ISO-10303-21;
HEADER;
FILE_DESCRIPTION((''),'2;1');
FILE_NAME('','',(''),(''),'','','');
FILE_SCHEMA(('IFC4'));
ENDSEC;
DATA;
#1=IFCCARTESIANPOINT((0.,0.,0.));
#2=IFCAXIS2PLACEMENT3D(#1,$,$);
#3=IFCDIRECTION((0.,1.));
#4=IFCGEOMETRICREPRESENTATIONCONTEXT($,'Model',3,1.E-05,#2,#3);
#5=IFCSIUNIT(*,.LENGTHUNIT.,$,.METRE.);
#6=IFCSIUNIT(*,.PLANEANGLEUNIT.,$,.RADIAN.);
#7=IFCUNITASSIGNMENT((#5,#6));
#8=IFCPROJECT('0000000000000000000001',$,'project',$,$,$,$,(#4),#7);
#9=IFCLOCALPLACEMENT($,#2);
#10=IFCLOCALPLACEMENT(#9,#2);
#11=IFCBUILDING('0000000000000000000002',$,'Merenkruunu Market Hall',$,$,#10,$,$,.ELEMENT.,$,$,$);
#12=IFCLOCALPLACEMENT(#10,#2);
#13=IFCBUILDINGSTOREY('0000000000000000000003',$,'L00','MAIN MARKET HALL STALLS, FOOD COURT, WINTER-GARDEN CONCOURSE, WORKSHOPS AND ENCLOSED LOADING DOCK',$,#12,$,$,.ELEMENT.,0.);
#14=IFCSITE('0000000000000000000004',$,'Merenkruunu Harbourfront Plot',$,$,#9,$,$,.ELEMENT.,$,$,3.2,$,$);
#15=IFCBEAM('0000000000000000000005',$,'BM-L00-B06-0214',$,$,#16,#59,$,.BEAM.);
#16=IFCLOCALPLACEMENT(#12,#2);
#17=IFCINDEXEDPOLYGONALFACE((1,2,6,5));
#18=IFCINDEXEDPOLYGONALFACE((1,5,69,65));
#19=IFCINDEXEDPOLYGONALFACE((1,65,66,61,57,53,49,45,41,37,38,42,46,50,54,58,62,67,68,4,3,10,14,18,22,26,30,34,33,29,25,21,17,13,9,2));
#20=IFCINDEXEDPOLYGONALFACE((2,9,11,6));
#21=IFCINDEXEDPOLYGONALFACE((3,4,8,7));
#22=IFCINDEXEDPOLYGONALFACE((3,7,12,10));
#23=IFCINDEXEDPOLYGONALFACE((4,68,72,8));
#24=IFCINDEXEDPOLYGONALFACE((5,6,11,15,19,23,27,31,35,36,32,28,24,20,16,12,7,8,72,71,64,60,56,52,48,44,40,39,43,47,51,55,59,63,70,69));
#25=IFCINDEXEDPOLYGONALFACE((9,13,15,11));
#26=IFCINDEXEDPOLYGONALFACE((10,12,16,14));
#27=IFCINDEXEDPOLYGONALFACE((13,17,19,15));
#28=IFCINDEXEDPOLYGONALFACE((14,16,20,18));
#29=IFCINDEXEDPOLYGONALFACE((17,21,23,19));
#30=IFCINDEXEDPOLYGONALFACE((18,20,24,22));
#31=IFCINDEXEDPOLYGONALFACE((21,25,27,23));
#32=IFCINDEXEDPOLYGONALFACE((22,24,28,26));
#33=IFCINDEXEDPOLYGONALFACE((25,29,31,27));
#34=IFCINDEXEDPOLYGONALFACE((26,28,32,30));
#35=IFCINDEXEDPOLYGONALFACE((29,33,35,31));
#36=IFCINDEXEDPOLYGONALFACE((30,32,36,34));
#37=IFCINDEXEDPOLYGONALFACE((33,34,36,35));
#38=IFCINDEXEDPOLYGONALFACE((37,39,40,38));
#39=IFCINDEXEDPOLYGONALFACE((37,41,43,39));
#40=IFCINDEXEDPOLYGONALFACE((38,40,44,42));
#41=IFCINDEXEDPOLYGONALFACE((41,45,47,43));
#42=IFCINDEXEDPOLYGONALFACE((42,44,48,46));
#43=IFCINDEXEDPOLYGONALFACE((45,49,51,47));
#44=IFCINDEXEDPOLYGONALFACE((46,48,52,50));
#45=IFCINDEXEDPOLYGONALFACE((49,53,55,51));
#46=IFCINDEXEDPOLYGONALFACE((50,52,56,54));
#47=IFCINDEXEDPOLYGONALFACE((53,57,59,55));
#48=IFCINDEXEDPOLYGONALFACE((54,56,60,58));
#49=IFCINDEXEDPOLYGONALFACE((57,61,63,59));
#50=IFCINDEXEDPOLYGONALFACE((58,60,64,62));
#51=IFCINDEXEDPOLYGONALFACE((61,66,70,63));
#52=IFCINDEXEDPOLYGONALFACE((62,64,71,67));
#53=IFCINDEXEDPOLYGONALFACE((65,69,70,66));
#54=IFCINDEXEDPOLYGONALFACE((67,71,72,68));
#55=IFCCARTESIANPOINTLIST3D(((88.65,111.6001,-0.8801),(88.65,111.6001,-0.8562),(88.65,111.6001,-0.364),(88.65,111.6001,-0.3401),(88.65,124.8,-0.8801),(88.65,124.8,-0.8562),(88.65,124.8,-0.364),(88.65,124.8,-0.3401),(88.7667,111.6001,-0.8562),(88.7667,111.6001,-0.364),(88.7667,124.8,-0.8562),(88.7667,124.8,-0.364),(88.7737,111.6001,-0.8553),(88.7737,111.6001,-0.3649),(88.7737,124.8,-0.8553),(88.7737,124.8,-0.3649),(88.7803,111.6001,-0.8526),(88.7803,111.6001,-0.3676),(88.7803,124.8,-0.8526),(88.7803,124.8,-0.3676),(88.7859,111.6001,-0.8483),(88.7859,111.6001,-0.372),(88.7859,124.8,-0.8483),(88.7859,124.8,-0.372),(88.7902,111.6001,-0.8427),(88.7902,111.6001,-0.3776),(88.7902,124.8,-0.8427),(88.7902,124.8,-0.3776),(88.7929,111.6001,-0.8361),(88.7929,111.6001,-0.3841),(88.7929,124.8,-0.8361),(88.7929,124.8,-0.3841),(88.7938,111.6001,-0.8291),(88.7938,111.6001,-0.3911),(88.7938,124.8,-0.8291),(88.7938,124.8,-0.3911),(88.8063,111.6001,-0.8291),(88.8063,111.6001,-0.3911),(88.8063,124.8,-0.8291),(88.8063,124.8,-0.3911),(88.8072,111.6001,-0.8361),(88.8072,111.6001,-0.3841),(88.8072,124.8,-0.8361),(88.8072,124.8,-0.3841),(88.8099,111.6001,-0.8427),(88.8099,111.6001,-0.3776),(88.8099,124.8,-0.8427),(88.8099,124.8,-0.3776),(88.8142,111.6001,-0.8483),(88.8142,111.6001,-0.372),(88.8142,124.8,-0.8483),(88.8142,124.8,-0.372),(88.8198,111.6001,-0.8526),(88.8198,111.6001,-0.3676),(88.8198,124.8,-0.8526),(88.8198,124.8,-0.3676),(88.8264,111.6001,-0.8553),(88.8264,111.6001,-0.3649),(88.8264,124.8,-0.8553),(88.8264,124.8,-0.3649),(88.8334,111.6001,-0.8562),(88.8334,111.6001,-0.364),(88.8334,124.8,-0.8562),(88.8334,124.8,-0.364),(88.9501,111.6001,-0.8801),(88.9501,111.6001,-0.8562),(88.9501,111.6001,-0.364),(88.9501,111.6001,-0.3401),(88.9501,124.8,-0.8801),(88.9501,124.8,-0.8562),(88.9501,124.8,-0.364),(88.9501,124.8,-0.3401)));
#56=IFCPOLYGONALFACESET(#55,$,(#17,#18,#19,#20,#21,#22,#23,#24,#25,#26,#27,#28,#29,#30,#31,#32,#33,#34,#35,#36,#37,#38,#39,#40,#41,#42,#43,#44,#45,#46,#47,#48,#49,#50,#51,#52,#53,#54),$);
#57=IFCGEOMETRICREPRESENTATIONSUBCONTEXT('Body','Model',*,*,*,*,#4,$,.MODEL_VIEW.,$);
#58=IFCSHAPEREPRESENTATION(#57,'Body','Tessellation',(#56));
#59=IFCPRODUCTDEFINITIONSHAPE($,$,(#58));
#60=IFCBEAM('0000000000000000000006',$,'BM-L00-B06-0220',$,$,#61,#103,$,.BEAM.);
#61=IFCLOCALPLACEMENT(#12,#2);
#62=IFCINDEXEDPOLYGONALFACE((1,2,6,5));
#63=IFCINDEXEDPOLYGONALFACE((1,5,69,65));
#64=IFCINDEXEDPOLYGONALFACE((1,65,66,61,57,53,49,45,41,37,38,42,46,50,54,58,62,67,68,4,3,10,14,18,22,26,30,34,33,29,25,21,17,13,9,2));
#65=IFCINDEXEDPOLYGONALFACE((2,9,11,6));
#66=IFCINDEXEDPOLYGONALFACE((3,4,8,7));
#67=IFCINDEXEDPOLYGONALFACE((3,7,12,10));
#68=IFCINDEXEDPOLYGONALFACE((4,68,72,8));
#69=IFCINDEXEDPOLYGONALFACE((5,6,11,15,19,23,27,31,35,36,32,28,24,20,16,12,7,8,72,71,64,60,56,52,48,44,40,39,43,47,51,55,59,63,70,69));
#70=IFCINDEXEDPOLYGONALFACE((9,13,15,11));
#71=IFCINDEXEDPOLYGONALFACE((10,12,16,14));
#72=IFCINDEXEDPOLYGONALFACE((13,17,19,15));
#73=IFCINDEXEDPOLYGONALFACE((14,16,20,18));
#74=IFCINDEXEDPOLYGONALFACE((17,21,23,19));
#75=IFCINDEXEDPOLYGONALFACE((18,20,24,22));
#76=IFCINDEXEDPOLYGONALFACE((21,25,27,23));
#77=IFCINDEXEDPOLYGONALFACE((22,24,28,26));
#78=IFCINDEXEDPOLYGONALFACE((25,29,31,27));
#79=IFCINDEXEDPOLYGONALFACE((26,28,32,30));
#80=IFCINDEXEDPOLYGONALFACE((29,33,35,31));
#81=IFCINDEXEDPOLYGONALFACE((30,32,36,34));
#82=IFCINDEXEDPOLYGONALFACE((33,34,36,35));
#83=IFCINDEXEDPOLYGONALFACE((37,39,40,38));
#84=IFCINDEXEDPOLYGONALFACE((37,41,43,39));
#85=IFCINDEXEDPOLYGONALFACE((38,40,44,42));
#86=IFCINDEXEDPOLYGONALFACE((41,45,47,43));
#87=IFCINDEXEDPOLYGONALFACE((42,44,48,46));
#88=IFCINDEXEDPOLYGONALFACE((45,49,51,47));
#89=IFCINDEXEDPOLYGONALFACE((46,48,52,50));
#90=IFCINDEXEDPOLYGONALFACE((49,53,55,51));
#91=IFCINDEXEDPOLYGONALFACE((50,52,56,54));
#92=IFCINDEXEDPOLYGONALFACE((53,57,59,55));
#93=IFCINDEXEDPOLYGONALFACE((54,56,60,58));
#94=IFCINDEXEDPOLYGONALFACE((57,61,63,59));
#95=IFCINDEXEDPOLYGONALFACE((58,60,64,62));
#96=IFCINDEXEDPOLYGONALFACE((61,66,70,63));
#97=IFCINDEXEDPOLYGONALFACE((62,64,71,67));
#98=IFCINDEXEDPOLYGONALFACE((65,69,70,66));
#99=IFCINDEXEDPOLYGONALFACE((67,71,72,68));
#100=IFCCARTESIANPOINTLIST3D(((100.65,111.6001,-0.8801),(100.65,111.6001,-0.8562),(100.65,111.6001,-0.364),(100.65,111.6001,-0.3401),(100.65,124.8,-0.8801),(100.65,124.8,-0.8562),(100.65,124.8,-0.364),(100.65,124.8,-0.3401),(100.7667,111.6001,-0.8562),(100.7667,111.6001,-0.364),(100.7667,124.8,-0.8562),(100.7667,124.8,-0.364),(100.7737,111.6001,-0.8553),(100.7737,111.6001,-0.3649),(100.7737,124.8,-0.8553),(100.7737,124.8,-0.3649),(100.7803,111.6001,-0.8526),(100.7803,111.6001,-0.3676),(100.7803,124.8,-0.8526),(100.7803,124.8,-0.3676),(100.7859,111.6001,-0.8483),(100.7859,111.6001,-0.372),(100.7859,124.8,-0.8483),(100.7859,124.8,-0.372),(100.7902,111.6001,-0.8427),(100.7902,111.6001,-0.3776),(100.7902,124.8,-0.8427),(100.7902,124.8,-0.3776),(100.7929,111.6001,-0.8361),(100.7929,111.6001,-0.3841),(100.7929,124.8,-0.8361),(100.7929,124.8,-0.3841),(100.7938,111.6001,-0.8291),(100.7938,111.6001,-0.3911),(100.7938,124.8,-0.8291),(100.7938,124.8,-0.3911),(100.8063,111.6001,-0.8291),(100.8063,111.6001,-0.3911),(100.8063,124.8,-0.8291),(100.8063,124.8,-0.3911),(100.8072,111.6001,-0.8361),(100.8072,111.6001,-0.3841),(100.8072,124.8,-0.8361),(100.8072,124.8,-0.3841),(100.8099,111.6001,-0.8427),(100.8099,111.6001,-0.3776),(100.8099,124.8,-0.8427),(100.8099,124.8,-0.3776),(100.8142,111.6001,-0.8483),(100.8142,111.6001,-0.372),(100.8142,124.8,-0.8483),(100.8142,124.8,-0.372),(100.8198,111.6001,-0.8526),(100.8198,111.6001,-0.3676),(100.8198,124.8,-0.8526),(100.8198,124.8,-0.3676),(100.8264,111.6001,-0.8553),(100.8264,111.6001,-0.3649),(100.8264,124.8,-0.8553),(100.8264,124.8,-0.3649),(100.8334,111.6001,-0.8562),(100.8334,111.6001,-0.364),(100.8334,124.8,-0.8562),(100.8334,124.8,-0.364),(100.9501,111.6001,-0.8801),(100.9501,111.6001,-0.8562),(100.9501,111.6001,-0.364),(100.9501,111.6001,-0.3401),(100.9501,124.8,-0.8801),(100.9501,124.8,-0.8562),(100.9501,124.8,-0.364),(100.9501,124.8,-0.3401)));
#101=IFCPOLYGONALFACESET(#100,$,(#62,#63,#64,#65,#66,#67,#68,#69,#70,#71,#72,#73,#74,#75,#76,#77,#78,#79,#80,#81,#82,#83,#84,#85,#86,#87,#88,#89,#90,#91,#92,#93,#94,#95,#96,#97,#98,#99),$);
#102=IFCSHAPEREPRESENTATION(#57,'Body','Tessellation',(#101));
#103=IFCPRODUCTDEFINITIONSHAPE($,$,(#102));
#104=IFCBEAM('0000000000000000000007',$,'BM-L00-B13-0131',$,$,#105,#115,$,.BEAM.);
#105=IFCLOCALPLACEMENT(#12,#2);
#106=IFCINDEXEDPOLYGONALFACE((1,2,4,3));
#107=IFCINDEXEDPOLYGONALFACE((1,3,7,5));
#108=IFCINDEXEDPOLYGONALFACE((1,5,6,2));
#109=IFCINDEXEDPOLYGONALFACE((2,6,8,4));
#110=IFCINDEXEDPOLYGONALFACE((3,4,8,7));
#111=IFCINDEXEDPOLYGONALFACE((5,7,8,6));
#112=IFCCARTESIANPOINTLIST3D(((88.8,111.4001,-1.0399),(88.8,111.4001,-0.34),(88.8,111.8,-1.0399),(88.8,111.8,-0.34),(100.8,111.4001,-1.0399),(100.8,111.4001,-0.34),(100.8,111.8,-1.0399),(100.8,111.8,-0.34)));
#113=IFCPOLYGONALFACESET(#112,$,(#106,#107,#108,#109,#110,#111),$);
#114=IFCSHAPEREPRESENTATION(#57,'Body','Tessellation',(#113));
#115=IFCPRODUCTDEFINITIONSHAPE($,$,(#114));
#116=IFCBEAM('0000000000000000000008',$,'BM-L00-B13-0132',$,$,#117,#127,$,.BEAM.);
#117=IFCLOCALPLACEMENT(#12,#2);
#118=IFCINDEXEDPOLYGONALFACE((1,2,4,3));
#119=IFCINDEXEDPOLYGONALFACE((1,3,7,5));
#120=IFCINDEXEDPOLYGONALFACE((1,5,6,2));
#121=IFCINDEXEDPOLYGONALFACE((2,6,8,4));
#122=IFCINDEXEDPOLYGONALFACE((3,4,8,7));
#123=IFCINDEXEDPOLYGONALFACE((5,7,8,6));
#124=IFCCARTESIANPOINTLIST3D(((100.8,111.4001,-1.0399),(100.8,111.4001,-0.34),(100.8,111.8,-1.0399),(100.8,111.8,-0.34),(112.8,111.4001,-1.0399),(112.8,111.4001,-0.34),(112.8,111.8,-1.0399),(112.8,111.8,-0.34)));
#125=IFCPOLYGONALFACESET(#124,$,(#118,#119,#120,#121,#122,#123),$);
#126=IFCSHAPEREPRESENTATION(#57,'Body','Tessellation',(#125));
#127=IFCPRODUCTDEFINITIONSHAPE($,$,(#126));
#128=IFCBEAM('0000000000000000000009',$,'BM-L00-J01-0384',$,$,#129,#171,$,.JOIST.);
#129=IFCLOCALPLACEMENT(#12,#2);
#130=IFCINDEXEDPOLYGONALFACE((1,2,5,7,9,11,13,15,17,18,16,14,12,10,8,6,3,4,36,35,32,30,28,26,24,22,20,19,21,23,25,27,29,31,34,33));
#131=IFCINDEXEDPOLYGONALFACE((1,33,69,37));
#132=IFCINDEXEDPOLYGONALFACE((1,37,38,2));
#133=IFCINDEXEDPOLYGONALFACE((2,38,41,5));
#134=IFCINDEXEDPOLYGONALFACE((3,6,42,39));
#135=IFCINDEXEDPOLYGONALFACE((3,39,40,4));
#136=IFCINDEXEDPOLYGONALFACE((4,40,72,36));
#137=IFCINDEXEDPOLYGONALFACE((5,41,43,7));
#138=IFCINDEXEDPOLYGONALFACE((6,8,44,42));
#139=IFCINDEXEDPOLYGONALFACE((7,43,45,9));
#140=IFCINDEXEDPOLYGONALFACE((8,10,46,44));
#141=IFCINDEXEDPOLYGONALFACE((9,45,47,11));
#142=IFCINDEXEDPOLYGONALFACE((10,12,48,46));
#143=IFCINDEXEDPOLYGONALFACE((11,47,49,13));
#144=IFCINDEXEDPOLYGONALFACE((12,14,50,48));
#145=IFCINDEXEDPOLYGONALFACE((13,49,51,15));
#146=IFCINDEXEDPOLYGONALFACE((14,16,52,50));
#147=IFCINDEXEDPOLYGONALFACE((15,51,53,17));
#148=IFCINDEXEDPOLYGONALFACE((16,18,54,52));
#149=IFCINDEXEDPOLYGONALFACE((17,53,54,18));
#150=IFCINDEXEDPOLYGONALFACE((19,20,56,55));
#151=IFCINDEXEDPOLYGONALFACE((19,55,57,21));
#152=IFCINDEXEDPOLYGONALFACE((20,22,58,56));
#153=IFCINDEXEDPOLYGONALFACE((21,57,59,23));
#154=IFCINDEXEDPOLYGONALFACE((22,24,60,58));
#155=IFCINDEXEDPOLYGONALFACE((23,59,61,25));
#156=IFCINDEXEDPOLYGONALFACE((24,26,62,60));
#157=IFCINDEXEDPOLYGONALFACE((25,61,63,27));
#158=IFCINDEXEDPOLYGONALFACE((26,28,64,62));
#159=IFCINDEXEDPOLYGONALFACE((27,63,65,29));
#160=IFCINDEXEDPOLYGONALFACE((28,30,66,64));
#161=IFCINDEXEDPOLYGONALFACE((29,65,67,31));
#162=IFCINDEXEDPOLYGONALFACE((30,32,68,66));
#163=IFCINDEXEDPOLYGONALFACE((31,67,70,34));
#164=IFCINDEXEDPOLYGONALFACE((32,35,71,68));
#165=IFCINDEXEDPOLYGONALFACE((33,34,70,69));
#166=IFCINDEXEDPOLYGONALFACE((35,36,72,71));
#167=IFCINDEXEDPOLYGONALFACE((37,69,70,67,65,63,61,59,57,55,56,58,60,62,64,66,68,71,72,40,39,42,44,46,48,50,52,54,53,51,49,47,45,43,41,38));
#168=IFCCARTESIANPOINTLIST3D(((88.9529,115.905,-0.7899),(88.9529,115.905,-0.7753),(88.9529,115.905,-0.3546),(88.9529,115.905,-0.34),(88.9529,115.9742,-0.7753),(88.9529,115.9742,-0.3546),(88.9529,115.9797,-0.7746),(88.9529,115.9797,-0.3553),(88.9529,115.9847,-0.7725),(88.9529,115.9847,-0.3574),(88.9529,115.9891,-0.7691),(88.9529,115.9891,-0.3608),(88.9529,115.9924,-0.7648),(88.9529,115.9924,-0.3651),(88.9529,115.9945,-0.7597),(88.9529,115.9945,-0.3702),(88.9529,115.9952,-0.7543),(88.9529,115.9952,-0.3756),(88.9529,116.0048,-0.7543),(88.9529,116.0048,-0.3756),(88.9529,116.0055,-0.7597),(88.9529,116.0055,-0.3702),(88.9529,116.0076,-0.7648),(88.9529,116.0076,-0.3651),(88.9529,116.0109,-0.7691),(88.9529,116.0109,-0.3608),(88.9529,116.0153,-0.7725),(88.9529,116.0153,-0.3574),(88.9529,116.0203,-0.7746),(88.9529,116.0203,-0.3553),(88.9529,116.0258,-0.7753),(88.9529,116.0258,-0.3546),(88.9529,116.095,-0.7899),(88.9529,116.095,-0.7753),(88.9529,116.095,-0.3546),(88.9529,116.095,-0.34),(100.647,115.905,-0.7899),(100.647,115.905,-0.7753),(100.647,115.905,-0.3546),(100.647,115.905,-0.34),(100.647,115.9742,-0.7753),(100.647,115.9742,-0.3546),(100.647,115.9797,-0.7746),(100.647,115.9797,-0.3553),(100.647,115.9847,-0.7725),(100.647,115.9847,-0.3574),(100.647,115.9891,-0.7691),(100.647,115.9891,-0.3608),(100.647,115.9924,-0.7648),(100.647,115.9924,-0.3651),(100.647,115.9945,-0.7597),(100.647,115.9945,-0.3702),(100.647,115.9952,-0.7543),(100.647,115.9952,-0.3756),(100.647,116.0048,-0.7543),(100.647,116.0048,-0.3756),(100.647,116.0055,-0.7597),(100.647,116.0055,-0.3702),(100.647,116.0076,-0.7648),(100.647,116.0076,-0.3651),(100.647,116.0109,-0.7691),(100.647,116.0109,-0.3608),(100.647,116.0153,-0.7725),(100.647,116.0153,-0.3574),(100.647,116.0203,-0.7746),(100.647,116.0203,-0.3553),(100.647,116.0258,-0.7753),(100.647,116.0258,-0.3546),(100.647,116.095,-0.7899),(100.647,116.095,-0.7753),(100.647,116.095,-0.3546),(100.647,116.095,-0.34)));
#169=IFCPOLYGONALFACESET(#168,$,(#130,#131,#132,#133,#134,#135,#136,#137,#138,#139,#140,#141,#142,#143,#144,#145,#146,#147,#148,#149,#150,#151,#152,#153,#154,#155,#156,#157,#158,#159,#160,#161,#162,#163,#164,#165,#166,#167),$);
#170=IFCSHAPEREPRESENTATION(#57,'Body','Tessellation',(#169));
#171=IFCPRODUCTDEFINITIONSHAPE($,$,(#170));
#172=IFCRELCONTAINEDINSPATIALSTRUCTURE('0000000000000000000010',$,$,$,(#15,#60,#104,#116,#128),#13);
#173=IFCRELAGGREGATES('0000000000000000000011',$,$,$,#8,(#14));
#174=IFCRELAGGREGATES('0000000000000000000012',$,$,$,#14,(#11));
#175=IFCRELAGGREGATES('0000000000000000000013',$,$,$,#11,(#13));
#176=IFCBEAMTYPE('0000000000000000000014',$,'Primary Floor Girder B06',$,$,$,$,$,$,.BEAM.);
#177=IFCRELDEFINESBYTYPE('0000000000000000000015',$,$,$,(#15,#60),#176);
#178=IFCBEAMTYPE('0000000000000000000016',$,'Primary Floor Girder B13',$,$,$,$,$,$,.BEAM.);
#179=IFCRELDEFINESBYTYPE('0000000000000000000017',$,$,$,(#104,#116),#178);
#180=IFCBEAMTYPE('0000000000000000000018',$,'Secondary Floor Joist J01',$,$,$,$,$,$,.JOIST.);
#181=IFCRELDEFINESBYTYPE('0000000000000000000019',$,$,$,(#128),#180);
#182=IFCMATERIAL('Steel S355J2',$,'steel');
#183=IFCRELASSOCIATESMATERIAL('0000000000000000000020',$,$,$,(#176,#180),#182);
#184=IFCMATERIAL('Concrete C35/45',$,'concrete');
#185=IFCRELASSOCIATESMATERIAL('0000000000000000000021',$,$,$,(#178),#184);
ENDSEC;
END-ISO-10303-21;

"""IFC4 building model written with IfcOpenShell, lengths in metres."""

from ifc_helpers import new_model, si_unit, direction, frame, origin, origin_2d, place, context, subcontext, project, spatial, rectangle, i_section, extrude, material, material_profile, profile_set, type_object, element, save


model = new_model("IFC4")

# Units and contexts
model_context = context("Model", 3, precision=1e-05, world=origin(), true_north=direction((0.0, 1.0)))
body_context = subcontext(model_context, "Body", "Model", "MODEL_VIEW")
ifc_project = project(units=[si_unit("LENGTHUNIT", "METRE"), si_unit("PLANEANGLEUNIT", "RADIAN")], contexts=[model_context])

# Site, building, storey
site_placement = place(None, origin())
site = spatial("IfcSite", under=ifc_project, at=site_placement, Name="Merenkruunu Harbourfront Plot", CompositionType="ELEMENT", RefElevation=3.2)
building_placement = place(site_placement, origin())
building = spatial("IfcBuilding", under=site, at=building_placement, Name="Merenkruunu Market Hall", CompositionType="ELEMENT")
storey_placement = place(building_placement, origin())
storey = spatial("IfcBuildingStorey", under=building, at=storey_placement, Name="L00", Description="MAIN MARKET HALL STALLS, FOOD COURT, WINTER-GARDEN CONCOURSE, WORKSHOPS AND ENCLOSED LOADING DOCK", CompositionType="ELEMENT", Elevation=0.0)

# Shared definitions
ifc_material_1 = material(Name="Steel S355J2", Category="steel")

# Beams
ifc_material_profile_1 = material_profile(ifc_material_1, i_section(OverallWidth=0.3, OverallDepth=0.54, WebThickness=0.0125, FlangeThickness=0.0239, FilletRadius=0.0271, at=origin_2d()), Name="HEA 550")
ifc_profile_set_1 = profile_set([ifc_material_profile_1], Name="Steel S355J2")
beam_type_1 = type_object("IfcBeamType", Name="Primary Floor Girder B06", PredefinedType="BEAM", material=ifc_profile_set_1)
for number, where, z_axis, x_axis, name in (
    (1, (88.8, 111.6001, -0.6101), (0.0, 1.0, 0.0), (-1.0, 0.0, 0.0), "BM-L00-B06-0214"),
    (2, (100.8, 111.6001, -0.6101), (0.0, 1.0, 0.0), (-1.0, 0.0, 0.0), "BM-L00-B06-0220"),
):
    element("IfcBeam", number, at=place(storey_placement, frame(where, z_axis=z_axis, x_axis=x_axis)), inside=storey, type_object=beam_type_1, Name=name, PredefinedType="BEAM", context=body_context, shape_type="SweptSolid", body=[
        extrude(i_section(OverallWidth=0.3, OverallDepth=0.54, WebThickness=0.0125, FlangeThickness=0.0239, FilletRadius=0.0271, at=origin_2d()), origin(), (0.0, 0.0, 1.0), 13.2),
    ])
ifc_material_2 = material(Name="Concrete C35/45", Category="concrete")
ifc_material_profile_2 = material_profile(ifc_material_2, rectangle(XDim=0.3999, YDim=0.7, at=origin_2d()), Name="RC 400x700")
ifc_profile_set_2 = profile_set([ifc_material_profile_2], Name="Concrete C35/45")
beam_type_2 = type_object("IfcBeamType", Name="Primary Floor Girder B13", PredefinedType="BEAM", material=ifc_profile_set_2)
for number, where, z_axis, x_axis, name in (
    (3, (88.8, 111.6001, -0.6899), (1.0, 0.0, 0.0), (0.0, 1.0, 0.0), "BM-L00-B13-0131"),
    (4, (100.8, 111.6001, -0.6899), (1.0, 0.0, 0.0), (0.0, 1.0, 0.0), "BM-L00-B13-0132"),
):
    element("IfcBeam", number, at=place(storey_placement, frame(where, z_axis=z_axis, x_axis=x_axis)), inside=storey, type_object=beam_type_2, Name=name, PredefinedType="BEAM", context=body_context, shape_type="SweptSolid", body=[
        extrude(rectangle(XDim=0.3999, YDim=0.7, at=origin_2d()), origin(), (0.0, 0.0, 1.0), 12.0),
    ])
ifc_material_profile_3 = material_profile(ifc_material_1, i_section(OverallWidth=0.1899, OverallDepth=0.45, WebThickness=0.0095, FlangeThickness=0.0146, FilletRadius=0.021, at=origin_2d()), Name="IPE 450")
ifc_profile_set_3 = profile_set([ifc_material_profile_3], Name="Steel S355J2")
beam_type_3 = type_object("IfcBeamType", Name="Secondary Floor Joist J01", PredefinedType="JOIST", material=ifc_profile_set_3)
for number, where, z_axis, x_axis, name in (
    (5, (88.9529, 116.0, -0.5649), (1.0, 0.0, 0.0), (0.0, 1.0, 0.0), "BM-L00-J01-0384"),
):
    element("IfcBeam", number, at=place(storey_placement, frame(where, z_axis=z_axis, x_axis=x_axis)), inside=storey, type_object=beam_type_3, Name=name, PredefinedType="JOIST", context=body_context, shape_type="SweptSolid", body=[
        extrude(i_section(OverallWidth=0.1899, OverallDepth=0.45, WebThickness=0.0095, FlangeThickness=0.0146, FilletRadius=0.021, at=origin_2d()), origin(), (0.0, 0.0, 1.0), 11.6941),
    ])

save(model, "model.ifc")
